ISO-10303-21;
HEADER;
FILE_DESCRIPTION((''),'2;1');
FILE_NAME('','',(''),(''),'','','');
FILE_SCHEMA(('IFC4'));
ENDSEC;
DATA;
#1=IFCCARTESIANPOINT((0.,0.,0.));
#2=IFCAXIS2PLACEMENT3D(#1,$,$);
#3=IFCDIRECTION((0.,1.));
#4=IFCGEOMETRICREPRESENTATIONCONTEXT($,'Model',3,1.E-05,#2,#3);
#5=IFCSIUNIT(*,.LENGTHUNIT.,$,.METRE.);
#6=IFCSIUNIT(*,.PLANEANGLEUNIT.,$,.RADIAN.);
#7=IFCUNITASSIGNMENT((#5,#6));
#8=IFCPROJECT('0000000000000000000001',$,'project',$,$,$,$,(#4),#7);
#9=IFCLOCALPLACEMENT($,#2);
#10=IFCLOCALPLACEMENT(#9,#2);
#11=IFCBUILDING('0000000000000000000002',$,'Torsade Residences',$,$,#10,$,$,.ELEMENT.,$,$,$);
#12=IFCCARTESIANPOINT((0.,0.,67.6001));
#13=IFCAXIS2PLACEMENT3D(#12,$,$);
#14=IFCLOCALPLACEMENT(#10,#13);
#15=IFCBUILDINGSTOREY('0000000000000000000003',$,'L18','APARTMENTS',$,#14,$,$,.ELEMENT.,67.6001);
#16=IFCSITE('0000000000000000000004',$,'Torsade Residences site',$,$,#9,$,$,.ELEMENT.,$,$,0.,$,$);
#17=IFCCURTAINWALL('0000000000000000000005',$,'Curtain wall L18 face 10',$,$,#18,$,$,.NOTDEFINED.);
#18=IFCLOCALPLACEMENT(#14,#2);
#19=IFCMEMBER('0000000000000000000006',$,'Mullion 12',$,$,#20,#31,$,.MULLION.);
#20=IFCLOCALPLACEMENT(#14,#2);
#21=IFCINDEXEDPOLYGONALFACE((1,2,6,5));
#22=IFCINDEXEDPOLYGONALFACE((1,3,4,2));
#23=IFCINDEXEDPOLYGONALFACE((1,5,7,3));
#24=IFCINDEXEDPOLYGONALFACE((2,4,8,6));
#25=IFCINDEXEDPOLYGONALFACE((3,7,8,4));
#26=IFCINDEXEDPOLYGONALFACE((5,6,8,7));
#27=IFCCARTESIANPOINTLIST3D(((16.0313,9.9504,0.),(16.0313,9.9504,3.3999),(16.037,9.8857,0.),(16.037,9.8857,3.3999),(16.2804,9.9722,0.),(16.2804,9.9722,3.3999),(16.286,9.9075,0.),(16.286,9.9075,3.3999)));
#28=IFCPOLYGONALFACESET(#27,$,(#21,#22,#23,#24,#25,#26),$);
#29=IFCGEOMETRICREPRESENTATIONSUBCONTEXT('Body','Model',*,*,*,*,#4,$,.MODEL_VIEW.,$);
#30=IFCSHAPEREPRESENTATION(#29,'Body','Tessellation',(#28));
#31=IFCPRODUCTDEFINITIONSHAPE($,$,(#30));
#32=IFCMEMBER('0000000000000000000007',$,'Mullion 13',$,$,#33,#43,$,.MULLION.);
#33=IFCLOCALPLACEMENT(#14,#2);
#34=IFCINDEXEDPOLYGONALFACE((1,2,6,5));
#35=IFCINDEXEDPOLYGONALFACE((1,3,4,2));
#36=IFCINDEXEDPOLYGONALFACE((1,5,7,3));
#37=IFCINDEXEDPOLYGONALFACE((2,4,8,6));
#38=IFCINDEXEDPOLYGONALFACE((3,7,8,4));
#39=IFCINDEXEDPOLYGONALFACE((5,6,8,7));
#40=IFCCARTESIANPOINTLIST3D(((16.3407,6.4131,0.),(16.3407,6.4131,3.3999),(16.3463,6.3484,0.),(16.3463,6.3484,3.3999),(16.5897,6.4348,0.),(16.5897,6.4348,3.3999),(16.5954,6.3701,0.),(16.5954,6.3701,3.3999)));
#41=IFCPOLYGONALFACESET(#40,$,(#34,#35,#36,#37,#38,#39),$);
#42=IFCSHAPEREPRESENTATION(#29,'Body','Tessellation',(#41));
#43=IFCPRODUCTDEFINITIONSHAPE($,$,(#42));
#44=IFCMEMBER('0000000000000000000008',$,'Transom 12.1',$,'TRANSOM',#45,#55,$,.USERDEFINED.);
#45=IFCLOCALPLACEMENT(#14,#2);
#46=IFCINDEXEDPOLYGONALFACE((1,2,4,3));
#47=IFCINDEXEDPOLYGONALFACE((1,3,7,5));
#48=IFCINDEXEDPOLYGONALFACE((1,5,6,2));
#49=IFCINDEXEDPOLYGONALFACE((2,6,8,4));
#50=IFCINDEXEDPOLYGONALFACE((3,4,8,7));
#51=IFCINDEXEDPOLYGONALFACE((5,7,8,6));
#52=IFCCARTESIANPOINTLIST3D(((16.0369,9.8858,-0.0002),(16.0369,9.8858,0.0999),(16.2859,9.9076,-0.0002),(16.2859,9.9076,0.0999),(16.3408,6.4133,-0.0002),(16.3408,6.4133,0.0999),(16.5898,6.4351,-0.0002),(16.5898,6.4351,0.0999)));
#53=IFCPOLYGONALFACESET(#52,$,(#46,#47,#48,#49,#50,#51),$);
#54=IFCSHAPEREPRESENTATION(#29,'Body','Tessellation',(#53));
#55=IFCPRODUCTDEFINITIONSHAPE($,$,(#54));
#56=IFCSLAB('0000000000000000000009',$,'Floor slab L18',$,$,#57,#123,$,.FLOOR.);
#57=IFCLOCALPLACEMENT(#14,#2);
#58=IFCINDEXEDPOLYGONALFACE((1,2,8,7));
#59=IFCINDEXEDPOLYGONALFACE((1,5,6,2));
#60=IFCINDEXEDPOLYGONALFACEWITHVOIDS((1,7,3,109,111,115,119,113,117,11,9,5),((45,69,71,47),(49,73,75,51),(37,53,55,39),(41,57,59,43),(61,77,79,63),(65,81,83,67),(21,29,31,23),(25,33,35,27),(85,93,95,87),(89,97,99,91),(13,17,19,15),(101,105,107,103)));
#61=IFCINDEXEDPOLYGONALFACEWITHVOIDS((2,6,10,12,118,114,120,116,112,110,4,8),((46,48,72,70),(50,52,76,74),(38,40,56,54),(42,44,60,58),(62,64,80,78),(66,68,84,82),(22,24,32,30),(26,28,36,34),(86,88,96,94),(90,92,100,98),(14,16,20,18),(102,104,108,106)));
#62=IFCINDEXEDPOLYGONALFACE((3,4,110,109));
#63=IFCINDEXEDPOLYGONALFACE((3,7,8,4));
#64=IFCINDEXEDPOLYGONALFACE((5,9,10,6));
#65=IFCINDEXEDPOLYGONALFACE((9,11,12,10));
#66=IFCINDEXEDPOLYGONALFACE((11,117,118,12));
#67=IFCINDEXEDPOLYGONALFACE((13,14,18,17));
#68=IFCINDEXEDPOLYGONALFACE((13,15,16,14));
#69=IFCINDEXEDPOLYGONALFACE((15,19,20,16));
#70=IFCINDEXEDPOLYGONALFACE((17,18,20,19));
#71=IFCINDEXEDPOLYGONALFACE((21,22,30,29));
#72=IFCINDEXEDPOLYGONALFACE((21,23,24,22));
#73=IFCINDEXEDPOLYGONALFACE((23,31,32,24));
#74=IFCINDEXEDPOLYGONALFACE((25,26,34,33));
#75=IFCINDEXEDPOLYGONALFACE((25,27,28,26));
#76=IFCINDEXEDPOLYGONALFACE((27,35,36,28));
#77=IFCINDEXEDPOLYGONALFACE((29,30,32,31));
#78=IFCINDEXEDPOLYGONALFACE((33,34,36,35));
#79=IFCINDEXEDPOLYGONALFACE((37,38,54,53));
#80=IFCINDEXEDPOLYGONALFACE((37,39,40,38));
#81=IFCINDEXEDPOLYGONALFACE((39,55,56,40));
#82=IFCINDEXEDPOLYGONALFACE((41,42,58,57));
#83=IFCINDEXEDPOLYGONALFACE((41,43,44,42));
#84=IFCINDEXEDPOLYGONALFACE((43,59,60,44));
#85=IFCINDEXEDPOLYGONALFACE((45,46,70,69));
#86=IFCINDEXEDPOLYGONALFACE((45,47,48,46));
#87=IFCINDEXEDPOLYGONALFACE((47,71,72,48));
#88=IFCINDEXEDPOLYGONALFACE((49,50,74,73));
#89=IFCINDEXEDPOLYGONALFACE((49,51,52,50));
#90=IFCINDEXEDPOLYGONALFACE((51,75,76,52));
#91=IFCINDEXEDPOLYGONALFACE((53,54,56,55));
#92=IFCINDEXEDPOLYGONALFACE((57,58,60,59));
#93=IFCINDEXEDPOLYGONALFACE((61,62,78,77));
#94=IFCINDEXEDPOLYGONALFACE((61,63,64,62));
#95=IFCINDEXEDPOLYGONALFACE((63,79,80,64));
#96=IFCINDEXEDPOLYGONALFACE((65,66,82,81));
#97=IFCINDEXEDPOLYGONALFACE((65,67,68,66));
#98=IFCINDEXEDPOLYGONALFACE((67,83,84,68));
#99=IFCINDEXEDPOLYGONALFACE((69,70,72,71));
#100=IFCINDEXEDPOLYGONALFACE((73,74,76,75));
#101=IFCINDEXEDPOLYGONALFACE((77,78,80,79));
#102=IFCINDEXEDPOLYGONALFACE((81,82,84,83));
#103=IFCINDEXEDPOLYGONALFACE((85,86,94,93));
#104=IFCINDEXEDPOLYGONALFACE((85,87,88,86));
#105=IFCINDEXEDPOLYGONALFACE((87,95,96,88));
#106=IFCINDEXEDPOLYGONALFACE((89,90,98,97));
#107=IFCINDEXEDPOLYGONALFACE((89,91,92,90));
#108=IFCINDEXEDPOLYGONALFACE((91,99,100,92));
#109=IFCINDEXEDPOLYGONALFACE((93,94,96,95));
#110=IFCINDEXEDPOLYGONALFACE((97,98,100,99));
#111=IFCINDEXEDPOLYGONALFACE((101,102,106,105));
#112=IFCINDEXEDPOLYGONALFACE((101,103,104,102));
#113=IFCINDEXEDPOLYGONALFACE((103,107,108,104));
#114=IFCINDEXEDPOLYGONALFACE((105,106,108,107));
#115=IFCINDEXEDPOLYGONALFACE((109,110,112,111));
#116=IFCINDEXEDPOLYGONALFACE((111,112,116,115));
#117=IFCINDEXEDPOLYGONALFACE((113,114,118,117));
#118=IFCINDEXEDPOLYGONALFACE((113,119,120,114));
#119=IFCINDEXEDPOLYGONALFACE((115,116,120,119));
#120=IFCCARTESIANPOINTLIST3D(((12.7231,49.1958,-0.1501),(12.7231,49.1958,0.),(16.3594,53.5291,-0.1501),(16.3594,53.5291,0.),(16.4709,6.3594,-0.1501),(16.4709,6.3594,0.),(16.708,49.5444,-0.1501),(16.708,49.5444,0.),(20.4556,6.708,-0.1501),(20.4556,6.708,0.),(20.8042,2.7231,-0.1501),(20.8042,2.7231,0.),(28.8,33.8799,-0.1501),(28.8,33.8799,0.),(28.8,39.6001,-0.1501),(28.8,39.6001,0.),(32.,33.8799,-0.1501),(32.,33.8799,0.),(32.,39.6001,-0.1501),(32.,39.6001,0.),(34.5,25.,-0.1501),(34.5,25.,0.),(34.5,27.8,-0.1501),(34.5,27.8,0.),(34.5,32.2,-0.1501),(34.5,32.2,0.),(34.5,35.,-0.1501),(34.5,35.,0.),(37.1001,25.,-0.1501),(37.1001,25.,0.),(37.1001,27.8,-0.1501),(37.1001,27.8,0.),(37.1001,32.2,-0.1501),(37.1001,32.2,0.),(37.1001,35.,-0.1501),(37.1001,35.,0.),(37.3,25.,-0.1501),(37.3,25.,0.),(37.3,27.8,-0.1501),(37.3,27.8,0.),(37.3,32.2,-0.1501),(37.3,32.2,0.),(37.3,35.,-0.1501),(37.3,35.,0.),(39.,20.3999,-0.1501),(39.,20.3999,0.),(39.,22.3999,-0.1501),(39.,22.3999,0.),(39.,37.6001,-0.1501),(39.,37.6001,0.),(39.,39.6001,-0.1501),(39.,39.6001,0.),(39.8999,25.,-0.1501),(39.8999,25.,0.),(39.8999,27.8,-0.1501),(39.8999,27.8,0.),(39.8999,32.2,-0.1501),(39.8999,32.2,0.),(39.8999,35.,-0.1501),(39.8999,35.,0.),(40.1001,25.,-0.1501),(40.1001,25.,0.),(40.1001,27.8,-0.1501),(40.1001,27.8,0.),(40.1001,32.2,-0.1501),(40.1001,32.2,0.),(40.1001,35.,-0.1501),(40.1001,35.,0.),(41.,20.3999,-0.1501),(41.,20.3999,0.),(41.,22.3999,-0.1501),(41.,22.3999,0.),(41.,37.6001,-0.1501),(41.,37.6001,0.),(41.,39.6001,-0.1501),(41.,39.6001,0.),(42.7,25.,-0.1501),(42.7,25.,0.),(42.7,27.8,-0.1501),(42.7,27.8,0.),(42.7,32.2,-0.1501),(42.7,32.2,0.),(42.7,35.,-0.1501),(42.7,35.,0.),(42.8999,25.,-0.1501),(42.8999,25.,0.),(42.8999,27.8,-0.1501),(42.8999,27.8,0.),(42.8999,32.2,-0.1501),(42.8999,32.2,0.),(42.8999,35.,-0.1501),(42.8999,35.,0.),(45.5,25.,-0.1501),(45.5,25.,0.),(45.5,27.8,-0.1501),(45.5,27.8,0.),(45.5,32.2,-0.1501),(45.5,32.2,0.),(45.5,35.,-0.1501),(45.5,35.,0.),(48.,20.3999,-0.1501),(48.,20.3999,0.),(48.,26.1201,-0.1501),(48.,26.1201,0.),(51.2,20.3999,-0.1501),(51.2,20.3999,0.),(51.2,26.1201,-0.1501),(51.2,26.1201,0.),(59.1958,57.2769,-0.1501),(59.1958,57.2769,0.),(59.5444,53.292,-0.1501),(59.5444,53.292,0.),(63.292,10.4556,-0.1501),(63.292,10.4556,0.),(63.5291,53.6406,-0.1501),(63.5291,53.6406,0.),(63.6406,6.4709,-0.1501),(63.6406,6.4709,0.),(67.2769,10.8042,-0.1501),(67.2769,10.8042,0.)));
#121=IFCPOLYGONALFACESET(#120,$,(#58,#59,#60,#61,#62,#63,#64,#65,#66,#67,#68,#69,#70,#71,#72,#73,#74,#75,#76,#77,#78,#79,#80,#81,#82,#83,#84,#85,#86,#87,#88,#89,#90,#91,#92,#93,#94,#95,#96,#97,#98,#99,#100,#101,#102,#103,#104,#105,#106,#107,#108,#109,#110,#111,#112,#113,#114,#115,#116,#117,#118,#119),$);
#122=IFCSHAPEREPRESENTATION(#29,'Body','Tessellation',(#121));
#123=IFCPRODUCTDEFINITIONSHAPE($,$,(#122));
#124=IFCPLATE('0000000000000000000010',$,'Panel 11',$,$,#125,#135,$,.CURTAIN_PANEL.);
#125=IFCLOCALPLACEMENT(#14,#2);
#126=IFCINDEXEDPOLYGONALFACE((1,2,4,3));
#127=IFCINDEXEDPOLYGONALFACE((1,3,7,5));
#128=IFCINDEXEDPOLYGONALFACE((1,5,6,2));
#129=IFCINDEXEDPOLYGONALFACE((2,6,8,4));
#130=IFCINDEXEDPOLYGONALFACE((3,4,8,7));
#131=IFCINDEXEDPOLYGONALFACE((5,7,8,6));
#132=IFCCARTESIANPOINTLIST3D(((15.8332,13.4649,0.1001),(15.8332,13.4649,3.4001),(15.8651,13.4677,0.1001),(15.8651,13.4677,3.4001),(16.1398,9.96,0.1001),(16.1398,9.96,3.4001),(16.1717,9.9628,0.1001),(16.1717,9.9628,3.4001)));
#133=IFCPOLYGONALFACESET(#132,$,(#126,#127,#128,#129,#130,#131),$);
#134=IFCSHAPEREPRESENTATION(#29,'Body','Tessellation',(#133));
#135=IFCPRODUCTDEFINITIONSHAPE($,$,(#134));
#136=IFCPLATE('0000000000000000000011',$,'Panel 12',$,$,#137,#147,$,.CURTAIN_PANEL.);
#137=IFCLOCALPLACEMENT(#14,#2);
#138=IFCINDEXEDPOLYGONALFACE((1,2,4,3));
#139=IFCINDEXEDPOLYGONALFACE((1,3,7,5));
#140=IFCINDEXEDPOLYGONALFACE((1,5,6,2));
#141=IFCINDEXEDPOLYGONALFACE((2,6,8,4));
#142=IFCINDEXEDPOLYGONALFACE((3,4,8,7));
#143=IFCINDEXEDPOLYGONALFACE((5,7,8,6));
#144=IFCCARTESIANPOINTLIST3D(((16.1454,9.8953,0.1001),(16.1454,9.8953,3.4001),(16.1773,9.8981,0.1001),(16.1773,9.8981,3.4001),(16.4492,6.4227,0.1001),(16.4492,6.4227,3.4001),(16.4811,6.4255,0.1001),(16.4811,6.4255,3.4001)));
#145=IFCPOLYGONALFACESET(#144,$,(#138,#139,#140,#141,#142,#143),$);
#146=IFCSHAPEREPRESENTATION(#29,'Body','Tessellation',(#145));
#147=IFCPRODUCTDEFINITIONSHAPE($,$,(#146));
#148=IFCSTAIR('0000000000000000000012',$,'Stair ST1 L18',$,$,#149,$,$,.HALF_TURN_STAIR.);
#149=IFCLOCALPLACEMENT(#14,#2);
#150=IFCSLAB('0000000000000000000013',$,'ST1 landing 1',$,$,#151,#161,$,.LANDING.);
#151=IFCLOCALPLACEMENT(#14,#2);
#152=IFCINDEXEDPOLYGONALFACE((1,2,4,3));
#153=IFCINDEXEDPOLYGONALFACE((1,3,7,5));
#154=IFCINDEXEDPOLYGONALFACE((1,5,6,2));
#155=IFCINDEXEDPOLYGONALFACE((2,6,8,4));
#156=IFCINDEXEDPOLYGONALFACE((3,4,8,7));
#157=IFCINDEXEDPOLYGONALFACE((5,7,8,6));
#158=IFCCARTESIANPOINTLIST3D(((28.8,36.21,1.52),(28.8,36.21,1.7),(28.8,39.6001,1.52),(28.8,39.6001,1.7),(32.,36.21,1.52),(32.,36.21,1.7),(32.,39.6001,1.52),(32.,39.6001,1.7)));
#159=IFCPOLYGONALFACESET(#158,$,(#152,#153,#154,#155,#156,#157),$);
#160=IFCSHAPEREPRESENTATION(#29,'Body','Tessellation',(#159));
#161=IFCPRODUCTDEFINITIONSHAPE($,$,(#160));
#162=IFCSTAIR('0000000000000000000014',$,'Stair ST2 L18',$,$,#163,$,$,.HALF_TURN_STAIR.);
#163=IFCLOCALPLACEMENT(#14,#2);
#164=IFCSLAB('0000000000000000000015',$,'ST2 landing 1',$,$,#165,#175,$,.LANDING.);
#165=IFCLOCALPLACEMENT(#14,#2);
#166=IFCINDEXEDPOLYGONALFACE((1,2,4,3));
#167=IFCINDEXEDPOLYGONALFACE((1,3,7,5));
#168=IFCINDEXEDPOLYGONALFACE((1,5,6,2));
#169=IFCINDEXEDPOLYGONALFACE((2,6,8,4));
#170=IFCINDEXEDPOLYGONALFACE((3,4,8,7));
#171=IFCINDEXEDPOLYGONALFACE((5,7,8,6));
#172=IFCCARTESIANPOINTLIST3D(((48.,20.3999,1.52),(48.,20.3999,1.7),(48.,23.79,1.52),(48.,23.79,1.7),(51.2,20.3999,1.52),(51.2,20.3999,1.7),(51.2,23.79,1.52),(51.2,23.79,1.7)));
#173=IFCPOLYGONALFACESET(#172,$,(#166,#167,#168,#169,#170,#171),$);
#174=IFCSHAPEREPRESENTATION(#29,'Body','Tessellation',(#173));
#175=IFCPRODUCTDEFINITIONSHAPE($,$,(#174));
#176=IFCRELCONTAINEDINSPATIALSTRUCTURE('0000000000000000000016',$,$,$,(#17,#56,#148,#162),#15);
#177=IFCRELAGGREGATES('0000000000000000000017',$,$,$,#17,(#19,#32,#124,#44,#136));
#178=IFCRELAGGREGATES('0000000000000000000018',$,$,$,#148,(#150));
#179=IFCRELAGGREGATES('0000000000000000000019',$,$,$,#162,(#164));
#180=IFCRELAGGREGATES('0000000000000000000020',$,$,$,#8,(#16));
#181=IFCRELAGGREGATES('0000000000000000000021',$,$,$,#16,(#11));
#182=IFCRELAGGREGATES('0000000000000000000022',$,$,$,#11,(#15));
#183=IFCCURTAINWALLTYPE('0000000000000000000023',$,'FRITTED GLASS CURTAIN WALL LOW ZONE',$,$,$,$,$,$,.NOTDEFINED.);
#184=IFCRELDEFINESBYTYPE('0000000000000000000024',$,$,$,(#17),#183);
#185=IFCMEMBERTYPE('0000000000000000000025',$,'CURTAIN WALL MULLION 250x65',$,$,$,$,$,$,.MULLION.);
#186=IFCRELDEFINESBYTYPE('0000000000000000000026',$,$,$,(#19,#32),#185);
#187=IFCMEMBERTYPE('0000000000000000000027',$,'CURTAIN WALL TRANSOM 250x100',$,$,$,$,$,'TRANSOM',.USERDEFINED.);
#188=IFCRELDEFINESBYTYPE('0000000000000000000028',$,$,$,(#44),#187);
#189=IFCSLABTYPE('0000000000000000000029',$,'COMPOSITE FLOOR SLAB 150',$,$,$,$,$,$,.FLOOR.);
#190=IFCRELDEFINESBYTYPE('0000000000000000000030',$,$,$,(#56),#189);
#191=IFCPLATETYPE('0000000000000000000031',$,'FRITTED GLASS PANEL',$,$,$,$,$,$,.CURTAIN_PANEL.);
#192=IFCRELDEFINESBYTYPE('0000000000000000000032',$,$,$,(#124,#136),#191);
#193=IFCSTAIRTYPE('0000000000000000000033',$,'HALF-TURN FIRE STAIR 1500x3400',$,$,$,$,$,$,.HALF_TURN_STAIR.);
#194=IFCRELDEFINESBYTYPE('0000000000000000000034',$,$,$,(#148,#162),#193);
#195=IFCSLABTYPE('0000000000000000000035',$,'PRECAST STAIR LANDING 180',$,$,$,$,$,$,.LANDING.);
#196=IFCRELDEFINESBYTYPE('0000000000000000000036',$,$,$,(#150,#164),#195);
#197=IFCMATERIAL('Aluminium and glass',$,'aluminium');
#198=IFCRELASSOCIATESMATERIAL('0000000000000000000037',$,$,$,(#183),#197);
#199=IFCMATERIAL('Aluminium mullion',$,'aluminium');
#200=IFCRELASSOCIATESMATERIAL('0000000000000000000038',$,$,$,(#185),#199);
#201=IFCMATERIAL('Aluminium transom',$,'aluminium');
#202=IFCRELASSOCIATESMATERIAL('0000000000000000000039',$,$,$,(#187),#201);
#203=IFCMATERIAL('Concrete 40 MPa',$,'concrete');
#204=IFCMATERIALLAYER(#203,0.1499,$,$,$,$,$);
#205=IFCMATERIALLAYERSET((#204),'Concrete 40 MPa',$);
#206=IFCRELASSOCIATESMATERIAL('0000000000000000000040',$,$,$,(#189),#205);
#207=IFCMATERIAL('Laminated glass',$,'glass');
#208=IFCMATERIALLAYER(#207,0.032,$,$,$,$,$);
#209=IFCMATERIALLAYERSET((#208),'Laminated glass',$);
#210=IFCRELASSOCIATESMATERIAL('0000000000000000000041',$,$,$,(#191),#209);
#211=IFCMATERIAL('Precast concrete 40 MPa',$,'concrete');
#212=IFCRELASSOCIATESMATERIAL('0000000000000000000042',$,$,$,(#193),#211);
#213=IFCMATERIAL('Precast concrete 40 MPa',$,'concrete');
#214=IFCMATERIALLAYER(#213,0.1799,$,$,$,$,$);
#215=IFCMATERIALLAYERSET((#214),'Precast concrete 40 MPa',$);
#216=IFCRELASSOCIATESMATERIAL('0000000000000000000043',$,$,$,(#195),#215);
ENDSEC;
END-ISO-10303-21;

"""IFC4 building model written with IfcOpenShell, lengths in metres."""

from ifc_helpers import new_model, si_unit, direction, frame, origin, origin_2d, place, context, subcontext, project, spatial, polyline, rectangle, outline, extrude, material, layer, layer_set, material_profile, profile_set, type_object, element, aggregate, save


model = new_model("IFC4")

# Units and contexts
model_context = context("Model", 3, precision=1e-05, world=origin(), true_north=direction((0.0, 1.0)))
body_context = subcontext(model_context, "Body", "Model", "MODEL_VIEW")
ifc_project = project(units=[si_unit("LENGTHUNIT", "METRE"), si_unit("PLANEANGLEUNIT", "RADIAN")], contexts=[model_context])

# Site, building, storey
site_placement = place(None, origin())
site = spatial("IfcSite", under=ifc_project, at=site_placement, Name="Torsade Residences site", CompositionType="ELEMENT", RefElevation=0.0)
building_placement = place(site_placement, origin())
building = spatial("IfcBuilding", under=site, at=building_placement, Name="Torsade Residences", CompositionType="ELEMENT")
storey_placement = place(building_placement, frame((0.0, 0.0, 67.6001)))
storey = spatial("IfcBuildingStorey", under=building, at=storey_placement, Name="L18", Description="APARTMENTS", CompositionType="ELEMENT", Elevation=67.6001)

# Curtain wall, members
ifc_material_1 = material(Name="Aluminium and glass", Category="aluminium")
curtain_wall_type = type_object("IfcCurtainWallType", Name="FRITTED GLASS CURTAIN WALL LOW ZONE", PredefinedType="NOTDEFINED", material=ifc_material_1)
curtain_wall_placement = place(storey_placement, origin())
curtain_wall = element("IfcCurtainWall", 1, at=curtain_wall_placement, inside=storey, type_object=curtain_wall_type, Name="Curtain wall L18 face 10", PredefinedType="NOTDEFINED")
ifc_material_2 = material(Name="Aluminium mullion", Category="aluminium")
ifc_material_profile_1 = material_profile(ifc_material_2, rectangle(XDim=0.25, YDim=0.0649, at=origin_2d()), Name="CURTAIN WALL MULLION 250x65")
ifc_profile_set_1 = profile_set([ifc_material_profile_1], Name="Aluminium mullion")
member_type_1 = type_object("IfcMemberType", Name="CURTAIN WALL MULLION 250x65", PredefinedType="MULLION", material=ifc_profile_set_1)
member_1_placement = place(storey_placement, frame((16.1587, 9.929, 0.0), z_axis=(0.0, 0.0, 1.0), x_axis=(0.996195, 0.087156, 0.0)))
member_1 = element("IfcMember", 2, at=member_1_placement, type_object=member_type_1, Name="Mullion 12", PredefinedType="MULLION", context=body_context, shape_type="SweptSolid", body=[
    extrude(rectangle(XDim=0.25, YDim=0.0649, at=origin_2d()), origin(), (0.0, 0.0, 1.0), 3.3999),
])
member_2_placement = place(storey_placement, frame((16.468, 6.3916, 0.0), z_axis=(0.0, 0.0, 1.0), x_axis=(0.996195, 0.087156, 0.0)))
member_2 = element("IfcMember", 3, at=member_2_placement, type_object=member_type_1, Name="Mullion 13", PredefinedType="MULLION", context=body_context, shape_type="SweptSolid", body=[
    extrude(rectangle(XDim=0.25, YDim=0.0649, at=origin_2d()), origin(), (0.0, 0.0, 1.0), 3.3999),
])
ifc_material_3 = material(Name="Aluminium transom", Category="aluminium")
ifc_material_profile_2 = material_profile(ifc_material_3, rectangle(XDim=0.25, YDim=0.1001, at=origin_2d()), Name="CURTAIN WALL TRANSOM 250x100")
ifc_profile_set_2 = profile_set([ifc_material_profile_2], Name="Aluminium transom")
member_type_2 = type_object("IfcMemberType", Name="CURTAIN WALL TRANSOM 250x100", ElementType="TRANSOM", PredefinedType="USERDEFINED", material=ifc_profile_set_2)
member_3_placement = place(storey_placement, frame((16.1614, 9.8967, 0.0498), z_axis=(0.087195, -0.996191, 0.0), x_axis=(0.996191, 0.087195, 0.0)))
member_3 = element("IfcMember", 4, at=member_3_placement, type_object=member_type_2, Name="Transom 12.1", ObjectType="TRANSOM", PredefinedType="USERDEFINED", context=body_context, shape_type="SweptSolid", body=[
    extrude(rectangle(XDim=0.25, YDim=0.1001, at=origin_2d()), origin(), (0.0, 0.0, 1.0), 3.4858),
])

# Slab
ifc_material_4 = material(Name="Concrete 40 MPa", Category="concrete")
ifc_layer_1 = layer(ifc_material_4, 0.1499)
ifc_layer_set_1 = layer_set([ifc_layer_1], Name="Concrete 40 MPa")
slab_type_1 = type_object("IfcSlabType", Name="COMPOSITE FLOOR SLAB 150", PredefinedType="FLOOR", material=ifc_layer_set_1)
slab_1_placement = place(storey_placement, frame((0.0, 0.0, -0.1501)))
element("IfcSlab", 5, at=slab_1_placement, inside=storey, type_object=slab_type_1, Name="Floor slab L18", PredefinedType="FLOOR", context=body_context, shape_type="SweptSolid", body=[
    extrude(outline(polyline([(20.8042, 2.7231), (63.6406, 6.4709), (63.292, 10.4556), (67.2769, 10.8042), (63.5291, 53.6406), (59.5444, 53.292), (59.1958, 57.2769), (16.3594, 53.5291), (16.708, 49.5444), (12.7231, 49.1958), (16.4709, 6.3594), (20.4556, 6.708), (20.8042, 2.7231)]), holes=[polyline([(51.2, 20.3999), (51.2, 26.1201), (48.0, 26.1201), (48.0, 20.3999), (51.2, 20.3999)]), polyline([(45.5, 27.8), (42.8999, 27.8), (42.8999, 25.0), (45.5, 25.0), (45.5, 27.8)]), polyline([(45.5, 32.2), (45.5, 35.0), (42.8999, 35.0), (42.8999, 32.2), (45.5, 32.2)]), polyline([(42.7, 25.0), (42.7, 27.8), (40.1001, 27.8), (40.1001, 25.0), (42.7, 25.0)]), polyline([(42.7, 32.2), (42.7, 35.0), (40.1001, 35.0), (40.1001, 32.2), (42.7, 32.2)]), polyline([(41.0, 22.3999), (39.0, 22.3999), (39.0, 20.3999), (41.0, 20.3999), (41.0, 22.3999)]), polyline([(41.0, 37.6001), (41.0, 39.6001), (39.0, 39.6001), (39.0, 37.6001), (41.0, 37.6001)]), polyline([(39.8999, 25.0), (39.8999, 27.8), (37.3, 27.8), (37.3, 25.0), (39.8999, 25.0)]), polyline([(39.8999, 35.0), (37.3, 35.0), (37.3, 32.2), (39.8999, 32.2), (39.8999, 35.0)]), polyline([(37.1001, 27.8), (34.5, 27.8), (34.5, 25.0), (37.1001, 25.0), (37.1001, 27.8)]), polyline([(37.1001, 32.2), (37.1001, 35.0), (34.5, 35.0), (34.5, 32.2), (37.1001, 32.2)]), polyline([(32.0, 33.8799), (32.0, 39.6001), (28.8, 39.6001), (28.8, 33.8799), (32.0, 33.8799)])]), origin(), (0.0, 0.0, 1.0), 0.1501),
])

# Plates
ifc_material_5 = material(Name="Laminated glass", Category="glass")
ifc_layer_2 = layer(ifc_material_5, 0.032)
ifc_layer_set_2 = layer_set([ifc_layer_2], Name="Laminated glass")
plate_type = type_object("IfcPlateType", Name="FRITTED GLASS PANEL", PredefinedType="CURTAIN_PANEL", material=ifc_layer_set_2)
plate_1_placement = place(storey_placement, frame((16.0024, 11.7139, 0.1001), z_axis=(0.0, 0.0, 1.0), x_axis=(0.087156, -0.996195, 0.0)))
plate_1 = element("IfcPlate", 6, at=plate_1_placement, type_object=plate_type, Name="Panel 11", PredefinedType="CURTAIN_PANEL", context=body_context, shape_type="SweptSolid", body=[
    extrude(rectangle(XDim=3.5183, YDim=0.032, at=origin_2d()), origin(), (0.0, 0.0, 1.0), 3.3),
])
plate_2_placement = place(storey_placement, frame((16.3132, 8.1604, 0.1001), z_axis=(0.0, 0.0, 1.0), x_axis=(0.087156, -0.996195, 0.0)))
plate_2 = element("IfcPlate", 7, at=plate_2_placement, type_object=plate_type, Name="Panel 12", PredefinedType="CURTAIN_PANEL", context=body_context, shape_type="SweptSolid", body=[
    extrude(rectangle(XDim=3.4858, YDim=0.032, at=origin_2d()), origin(), (0.0, 0.0, 1.0), 3.3),
])
aggregate(curtain_wall, [member_1, member_2, plate_1, member_3, plate_2])

# Stairs, slabs
ifc_material_6 = material(Name="Precast concrete 40 MPa", Category="concrete")
stair_type = type_object("IfcStairType", Name="HALF-TURN FIRE STAIR 1500x3400", PredefinedType="HALF_TURN_STAIR", material=ifc_material_6)
stair_1_placement = place(storey_placement, origin())
stair_1 = element("IfcStair", 8, at=stair_1_placement, inside=storey, type_object=stair_type, Name="Stair ST1 L18", PredefinedType="HALF_TURN_STAIR")
ifc_material_7 = material(Name="Precast concrete 40 MPa", Category="concrete")
ifc_layer_3 = layer(ifc_material_7, 0.1799)
ifc_layer_set_3 = layer_set([ifc_layer_3], Name="Precast concrete 40 MPa")
slab_type_2 = type_object("IfcSlabType", Name="PRECAST STAIR LANDING 180", PredefinedType="LANDING", material=ifc_layer_set_3)
slab_2_placement = place(storey_placement, frame((0.0, 0.0, 1.52)))
slab_2 = element("IfcSlab", 9, at=slab_2_placement, type_object=slab_type_2, Name="ST1 landing 1", PredefinedType="LANDING", context=body_context, shape_type="SweptSolid", body=[
    extrude(outline(polyline([(28.8, 36.21), (32.0, 36.21), (32.0, 39.6001), (28.8, 39.6001), (28.8, 36.21)])), origin(), (0.0, 0.0, 1.0), 0.1799),
])
aggregate(stair_1, [slab_2])
stair_2_placement = place(storey_placement, origin())
stair_2 = element("IfcStair", 10, at=stair_2_placement, inside=storey, type_object=stair_type, Name="Stair ST2 L18", PredefinedType="HALF_TURN_STAIR")
slab_3_placement = place(storey_placement, frame((0.0, 0.0, 1.52)))
slab_3 = element("IfcSlab", 11, at=slab_3_placement, type_object=slab_type_2, Name="ST2 landing 1", PredefinedType="LANDING", context=body_context, shape_type="SweptSolid", body=[
    extrude(outline(polyline([(48.0, 20.3999), (51.2, 20.3999), (51.2, 23.79), (48.0, 23.79), (48.0, 20.3999)])), origin(), (0.0, 0.0, 1.0), 0.1799),
])
aggregate(stair_2, [slab_3])

save(model, "model.ifc")
